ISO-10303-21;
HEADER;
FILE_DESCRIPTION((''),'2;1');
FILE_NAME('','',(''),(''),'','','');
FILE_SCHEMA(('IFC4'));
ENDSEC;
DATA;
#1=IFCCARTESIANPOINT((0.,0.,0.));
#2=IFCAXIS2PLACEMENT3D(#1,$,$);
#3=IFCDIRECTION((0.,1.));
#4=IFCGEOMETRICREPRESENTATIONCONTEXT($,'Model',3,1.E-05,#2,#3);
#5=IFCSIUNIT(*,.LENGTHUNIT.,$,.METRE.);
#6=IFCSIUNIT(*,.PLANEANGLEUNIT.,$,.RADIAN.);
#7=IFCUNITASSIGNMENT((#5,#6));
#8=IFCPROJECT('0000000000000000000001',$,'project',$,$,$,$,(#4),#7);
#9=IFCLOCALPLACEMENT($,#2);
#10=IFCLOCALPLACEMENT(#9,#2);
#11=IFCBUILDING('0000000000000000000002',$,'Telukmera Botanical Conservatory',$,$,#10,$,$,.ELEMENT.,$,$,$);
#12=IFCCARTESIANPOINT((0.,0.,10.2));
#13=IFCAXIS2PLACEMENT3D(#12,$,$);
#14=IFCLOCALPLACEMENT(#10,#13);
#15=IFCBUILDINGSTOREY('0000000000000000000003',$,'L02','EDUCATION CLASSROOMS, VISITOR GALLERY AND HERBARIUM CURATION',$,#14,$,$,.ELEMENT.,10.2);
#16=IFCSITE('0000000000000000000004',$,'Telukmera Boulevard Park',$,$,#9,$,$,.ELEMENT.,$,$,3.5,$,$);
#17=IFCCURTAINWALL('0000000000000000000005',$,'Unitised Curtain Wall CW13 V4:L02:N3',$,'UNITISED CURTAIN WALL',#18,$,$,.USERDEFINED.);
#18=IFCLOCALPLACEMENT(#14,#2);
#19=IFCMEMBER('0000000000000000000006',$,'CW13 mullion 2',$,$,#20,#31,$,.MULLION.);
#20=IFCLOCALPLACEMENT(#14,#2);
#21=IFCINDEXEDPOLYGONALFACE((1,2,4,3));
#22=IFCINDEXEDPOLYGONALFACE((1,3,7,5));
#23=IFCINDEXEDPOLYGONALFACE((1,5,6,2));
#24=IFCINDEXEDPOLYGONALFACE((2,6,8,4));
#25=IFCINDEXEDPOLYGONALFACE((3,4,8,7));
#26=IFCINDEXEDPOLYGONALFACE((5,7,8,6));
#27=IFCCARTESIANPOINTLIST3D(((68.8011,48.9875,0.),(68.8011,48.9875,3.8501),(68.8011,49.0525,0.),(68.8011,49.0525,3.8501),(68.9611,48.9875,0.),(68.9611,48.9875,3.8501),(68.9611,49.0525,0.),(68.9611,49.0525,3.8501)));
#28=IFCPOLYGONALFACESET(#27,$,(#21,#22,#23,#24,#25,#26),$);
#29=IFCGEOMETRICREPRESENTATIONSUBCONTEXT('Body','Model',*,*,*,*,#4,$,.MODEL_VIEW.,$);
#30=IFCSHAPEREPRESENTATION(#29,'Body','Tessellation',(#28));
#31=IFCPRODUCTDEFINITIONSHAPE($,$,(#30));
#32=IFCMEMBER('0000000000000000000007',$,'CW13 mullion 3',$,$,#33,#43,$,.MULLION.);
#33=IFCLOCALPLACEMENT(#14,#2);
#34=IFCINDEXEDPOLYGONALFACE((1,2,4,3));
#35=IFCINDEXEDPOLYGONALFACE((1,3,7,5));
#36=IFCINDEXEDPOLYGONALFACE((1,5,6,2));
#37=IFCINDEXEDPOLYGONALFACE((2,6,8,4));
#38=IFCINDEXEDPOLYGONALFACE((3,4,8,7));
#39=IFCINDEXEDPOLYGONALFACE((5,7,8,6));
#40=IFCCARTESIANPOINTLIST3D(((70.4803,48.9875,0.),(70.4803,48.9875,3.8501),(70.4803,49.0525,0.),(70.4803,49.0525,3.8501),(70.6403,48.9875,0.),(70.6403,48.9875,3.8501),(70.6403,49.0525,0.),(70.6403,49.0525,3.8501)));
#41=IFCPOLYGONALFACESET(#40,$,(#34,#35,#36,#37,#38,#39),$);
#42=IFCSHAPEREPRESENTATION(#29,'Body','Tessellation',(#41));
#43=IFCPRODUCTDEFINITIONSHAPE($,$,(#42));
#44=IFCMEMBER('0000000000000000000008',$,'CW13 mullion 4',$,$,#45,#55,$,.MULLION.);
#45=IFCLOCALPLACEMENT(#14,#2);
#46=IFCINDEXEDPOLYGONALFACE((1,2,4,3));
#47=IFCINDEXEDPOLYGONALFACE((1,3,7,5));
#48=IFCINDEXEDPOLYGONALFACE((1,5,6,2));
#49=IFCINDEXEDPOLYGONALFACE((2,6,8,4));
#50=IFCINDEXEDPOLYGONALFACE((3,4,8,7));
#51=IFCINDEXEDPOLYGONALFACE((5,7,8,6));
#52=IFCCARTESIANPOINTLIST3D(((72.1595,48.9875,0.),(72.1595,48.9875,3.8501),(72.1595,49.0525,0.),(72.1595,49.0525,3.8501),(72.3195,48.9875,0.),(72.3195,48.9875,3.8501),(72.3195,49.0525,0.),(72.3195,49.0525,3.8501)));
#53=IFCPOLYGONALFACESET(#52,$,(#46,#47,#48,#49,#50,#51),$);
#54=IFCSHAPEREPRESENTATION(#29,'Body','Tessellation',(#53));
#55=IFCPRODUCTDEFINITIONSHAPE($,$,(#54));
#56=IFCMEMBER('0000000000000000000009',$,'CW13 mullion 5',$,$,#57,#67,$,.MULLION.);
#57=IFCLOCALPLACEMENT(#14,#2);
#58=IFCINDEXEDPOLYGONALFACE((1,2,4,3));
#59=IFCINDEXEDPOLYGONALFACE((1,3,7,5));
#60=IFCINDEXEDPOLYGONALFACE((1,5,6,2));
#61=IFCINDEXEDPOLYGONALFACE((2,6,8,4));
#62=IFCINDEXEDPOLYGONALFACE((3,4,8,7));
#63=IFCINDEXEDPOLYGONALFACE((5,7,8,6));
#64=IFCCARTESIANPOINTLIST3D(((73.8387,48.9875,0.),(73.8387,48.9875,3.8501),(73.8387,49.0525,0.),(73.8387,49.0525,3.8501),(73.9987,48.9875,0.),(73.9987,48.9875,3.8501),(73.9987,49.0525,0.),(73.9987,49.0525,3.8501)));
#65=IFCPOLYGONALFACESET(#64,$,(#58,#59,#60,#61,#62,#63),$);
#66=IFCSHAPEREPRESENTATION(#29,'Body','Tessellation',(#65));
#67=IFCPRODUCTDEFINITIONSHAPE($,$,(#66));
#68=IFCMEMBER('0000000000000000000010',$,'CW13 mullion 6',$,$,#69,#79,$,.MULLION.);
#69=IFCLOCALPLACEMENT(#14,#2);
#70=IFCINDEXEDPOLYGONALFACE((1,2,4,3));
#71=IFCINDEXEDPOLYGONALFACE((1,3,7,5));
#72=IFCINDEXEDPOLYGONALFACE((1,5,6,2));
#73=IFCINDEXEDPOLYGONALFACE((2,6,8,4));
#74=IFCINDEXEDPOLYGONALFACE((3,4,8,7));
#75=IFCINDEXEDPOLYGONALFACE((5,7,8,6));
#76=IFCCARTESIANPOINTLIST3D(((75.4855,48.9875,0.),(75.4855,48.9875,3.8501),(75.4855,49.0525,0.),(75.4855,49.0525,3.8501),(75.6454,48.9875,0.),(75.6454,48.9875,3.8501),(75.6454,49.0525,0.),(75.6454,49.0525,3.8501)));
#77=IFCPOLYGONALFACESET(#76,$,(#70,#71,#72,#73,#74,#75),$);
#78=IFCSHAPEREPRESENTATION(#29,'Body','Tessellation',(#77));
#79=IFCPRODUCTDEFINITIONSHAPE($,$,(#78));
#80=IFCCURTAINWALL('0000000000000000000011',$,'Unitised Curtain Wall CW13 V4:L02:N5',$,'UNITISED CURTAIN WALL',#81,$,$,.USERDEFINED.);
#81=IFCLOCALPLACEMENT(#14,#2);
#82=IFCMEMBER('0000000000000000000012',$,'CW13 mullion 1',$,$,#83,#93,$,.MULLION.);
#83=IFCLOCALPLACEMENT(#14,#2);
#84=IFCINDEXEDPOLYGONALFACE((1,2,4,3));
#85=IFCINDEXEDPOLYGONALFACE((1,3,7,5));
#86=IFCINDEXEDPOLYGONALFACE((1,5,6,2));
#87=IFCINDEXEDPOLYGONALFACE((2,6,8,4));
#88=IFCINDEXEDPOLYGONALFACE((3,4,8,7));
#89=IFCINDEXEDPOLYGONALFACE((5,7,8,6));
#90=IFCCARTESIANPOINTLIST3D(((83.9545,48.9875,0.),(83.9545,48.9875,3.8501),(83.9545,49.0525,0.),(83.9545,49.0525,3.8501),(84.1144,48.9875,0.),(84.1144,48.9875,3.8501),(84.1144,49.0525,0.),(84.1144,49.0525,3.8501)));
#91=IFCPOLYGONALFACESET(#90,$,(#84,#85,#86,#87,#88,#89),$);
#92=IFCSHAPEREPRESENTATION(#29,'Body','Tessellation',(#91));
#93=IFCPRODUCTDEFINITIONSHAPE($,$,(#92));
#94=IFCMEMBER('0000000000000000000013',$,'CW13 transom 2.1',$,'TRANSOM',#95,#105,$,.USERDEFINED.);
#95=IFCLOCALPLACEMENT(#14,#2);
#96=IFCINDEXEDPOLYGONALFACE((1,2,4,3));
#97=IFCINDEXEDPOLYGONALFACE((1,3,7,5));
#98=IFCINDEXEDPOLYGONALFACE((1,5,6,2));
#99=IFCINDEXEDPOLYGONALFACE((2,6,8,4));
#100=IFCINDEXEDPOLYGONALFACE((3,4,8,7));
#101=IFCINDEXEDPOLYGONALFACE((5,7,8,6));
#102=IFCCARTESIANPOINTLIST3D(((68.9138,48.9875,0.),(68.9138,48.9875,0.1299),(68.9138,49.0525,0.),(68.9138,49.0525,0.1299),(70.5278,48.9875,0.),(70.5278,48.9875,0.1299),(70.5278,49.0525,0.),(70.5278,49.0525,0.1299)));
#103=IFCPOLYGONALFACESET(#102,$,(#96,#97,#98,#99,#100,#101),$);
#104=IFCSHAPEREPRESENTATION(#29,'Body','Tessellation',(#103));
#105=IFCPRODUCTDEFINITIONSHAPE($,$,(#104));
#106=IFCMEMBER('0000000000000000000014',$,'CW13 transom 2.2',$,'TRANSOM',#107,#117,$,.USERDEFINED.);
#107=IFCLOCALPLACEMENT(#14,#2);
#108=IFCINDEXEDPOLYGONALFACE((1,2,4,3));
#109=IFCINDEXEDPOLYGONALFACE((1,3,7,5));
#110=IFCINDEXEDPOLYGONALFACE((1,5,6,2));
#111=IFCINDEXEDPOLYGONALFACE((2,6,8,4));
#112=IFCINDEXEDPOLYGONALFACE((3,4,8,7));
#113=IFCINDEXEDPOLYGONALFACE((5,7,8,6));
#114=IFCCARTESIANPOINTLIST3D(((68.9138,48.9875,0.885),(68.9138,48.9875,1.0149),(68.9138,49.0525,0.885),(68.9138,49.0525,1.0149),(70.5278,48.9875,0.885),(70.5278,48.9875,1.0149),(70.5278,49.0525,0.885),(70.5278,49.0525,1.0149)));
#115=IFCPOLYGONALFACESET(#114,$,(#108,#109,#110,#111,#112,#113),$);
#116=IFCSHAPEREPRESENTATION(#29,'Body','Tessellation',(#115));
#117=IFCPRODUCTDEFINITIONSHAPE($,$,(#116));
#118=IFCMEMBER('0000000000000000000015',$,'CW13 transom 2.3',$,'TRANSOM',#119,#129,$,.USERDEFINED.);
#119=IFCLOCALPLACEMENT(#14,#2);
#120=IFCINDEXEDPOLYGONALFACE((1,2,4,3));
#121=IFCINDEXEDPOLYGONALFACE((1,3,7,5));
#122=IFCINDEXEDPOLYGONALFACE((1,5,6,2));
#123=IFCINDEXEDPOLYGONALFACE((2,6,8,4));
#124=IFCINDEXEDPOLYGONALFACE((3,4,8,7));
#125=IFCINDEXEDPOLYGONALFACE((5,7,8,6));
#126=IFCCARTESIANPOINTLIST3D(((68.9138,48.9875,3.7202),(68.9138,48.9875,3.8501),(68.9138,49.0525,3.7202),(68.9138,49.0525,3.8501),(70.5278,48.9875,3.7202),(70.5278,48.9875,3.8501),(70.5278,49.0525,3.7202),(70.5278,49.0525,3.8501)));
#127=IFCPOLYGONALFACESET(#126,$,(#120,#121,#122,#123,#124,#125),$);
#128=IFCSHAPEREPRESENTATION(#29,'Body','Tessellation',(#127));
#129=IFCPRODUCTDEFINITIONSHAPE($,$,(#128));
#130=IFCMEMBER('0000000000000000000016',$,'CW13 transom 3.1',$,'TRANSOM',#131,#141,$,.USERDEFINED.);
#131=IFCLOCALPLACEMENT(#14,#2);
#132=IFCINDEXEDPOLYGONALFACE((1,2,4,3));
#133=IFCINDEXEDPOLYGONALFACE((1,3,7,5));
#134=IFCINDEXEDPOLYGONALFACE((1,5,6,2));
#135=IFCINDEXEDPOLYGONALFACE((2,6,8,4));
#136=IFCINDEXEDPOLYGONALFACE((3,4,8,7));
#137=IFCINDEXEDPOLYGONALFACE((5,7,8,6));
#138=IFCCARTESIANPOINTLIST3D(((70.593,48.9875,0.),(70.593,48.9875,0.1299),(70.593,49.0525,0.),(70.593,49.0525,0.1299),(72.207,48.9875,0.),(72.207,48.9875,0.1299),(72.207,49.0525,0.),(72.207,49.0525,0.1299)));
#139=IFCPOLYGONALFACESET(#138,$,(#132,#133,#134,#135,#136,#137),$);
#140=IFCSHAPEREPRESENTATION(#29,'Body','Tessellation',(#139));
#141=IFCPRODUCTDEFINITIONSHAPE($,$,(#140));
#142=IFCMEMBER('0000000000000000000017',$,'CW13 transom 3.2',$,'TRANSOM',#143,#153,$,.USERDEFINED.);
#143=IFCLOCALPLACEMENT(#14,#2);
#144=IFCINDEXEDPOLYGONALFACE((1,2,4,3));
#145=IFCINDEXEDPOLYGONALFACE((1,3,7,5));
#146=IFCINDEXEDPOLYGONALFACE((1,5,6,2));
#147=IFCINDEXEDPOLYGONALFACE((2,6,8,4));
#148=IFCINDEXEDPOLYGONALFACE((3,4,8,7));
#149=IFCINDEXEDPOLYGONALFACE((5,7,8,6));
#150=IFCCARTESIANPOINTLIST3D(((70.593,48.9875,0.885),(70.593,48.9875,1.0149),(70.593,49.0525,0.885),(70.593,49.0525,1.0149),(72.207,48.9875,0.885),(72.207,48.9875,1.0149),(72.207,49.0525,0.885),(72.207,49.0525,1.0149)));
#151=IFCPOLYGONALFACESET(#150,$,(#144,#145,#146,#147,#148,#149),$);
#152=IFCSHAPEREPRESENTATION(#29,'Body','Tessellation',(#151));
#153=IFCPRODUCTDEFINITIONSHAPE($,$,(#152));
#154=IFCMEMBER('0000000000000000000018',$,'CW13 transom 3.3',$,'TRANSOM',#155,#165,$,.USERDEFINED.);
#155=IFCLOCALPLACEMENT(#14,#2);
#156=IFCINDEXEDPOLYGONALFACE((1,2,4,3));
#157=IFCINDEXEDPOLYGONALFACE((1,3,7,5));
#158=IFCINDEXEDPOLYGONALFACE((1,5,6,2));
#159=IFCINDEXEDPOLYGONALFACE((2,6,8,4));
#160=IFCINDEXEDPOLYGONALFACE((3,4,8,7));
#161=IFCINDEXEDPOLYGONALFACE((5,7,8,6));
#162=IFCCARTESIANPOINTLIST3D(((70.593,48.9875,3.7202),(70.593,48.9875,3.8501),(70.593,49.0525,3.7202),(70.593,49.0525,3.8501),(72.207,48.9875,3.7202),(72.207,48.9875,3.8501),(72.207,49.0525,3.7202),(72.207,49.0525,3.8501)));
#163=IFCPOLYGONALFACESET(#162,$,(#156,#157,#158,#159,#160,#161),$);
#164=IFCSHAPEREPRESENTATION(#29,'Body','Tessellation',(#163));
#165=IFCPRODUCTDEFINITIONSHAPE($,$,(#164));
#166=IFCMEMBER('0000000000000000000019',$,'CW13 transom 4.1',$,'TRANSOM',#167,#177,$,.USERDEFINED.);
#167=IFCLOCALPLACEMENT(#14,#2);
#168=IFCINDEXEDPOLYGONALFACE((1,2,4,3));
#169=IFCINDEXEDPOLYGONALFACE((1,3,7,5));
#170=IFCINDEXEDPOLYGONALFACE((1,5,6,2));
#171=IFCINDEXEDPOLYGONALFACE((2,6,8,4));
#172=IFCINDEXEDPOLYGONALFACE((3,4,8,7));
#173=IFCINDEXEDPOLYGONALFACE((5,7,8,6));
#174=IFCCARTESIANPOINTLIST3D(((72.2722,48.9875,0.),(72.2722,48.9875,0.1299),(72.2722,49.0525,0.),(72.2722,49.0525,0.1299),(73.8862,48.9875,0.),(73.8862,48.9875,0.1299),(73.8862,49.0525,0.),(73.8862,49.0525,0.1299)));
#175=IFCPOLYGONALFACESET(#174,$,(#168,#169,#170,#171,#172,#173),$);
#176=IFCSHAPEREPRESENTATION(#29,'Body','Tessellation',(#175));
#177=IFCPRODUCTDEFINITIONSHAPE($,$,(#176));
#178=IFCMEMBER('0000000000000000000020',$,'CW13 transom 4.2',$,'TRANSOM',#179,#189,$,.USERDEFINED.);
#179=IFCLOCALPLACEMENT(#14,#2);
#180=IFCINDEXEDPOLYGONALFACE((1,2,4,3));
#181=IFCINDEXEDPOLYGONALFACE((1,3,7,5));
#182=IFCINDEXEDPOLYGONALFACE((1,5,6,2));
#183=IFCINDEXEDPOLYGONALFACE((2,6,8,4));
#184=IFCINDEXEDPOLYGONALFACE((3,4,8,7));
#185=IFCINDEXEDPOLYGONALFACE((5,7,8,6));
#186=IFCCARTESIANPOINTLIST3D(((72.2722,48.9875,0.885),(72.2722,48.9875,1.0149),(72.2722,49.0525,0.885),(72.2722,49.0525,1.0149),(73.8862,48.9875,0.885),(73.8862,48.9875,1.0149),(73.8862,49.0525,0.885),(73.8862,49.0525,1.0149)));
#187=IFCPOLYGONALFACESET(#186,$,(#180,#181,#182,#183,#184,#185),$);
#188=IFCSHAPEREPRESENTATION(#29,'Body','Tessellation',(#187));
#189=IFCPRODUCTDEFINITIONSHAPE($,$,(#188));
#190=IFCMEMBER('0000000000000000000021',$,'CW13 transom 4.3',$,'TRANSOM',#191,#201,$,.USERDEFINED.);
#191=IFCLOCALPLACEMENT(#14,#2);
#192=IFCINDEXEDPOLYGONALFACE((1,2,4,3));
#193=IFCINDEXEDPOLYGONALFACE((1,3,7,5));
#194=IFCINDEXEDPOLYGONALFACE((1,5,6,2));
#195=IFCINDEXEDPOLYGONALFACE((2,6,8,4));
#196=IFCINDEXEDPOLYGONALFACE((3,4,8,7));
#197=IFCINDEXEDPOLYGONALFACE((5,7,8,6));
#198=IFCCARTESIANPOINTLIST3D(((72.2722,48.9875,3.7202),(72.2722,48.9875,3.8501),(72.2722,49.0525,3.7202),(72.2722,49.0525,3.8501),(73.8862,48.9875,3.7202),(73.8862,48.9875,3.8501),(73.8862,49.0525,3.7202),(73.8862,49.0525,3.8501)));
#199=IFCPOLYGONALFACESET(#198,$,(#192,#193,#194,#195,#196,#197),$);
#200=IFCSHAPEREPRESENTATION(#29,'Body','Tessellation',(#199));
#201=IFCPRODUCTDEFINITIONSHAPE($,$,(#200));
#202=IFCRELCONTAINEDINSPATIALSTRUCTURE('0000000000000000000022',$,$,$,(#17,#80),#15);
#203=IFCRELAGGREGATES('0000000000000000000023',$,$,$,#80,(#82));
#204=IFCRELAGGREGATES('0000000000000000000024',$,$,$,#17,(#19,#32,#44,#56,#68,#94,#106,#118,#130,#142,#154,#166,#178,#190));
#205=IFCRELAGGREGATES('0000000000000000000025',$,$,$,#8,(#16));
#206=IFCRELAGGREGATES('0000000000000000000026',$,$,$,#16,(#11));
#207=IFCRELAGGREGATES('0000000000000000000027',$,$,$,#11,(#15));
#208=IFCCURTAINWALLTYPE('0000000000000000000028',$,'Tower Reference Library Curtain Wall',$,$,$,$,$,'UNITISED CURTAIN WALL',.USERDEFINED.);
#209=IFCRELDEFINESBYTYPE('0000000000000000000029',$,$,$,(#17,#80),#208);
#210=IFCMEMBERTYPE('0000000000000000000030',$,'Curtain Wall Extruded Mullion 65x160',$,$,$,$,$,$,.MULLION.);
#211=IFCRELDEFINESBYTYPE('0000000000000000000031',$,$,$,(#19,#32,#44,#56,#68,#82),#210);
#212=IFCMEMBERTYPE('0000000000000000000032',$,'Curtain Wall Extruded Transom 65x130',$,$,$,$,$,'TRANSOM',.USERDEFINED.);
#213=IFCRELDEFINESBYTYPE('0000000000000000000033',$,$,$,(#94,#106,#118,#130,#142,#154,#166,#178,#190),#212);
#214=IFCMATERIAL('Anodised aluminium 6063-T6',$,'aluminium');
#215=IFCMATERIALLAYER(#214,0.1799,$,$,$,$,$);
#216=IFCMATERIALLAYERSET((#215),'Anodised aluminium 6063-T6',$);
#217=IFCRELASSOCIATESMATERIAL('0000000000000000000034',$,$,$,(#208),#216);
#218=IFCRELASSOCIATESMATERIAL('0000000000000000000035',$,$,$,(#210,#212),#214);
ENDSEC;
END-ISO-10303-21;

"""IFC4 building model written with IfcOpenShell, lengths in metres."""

from ifc_helpers import new_model, si_unit, direction, frame, origin, origin_2d, place, context, subcontext, project, spatial, rectangle, extrude, material, layer, layer_set, material_profile, profile_set, type_object, element, aggregate, save


model = new_model("IFC4")

# Units and contexts
model_context = context("Model", 3, precision=1e-05, world=origin(), true_north=direction((0.0, 1.0)))
body_context = subcontext(model_context, "Body", "Model", "MODEL_VIEW")
ifc_project = project(units=[si_unit("LENGTHUNIT", "METRE"), si_unit("PLANEANGLEUNIT", "RADIAN")], contexts=[model_context])

# Site, building, storey
site_placement = place(None, origin())
site = spatial("IfcSite", under=ifc_project, at=site_placement, Name="Telukmera Boulevard Park", CompositionType="ELEMENT", RefElevation=3.5)
building_placement = place(site_placement, origin())
building = spatial("IfcBuilding", under=site, at=building_placement, Name="Telukmera Botanical Conservatory", CompositionType="ELEMENT")
storey_placement = place(building_placement, frame((0.0, 0.0, 10.2)))
storey = spatial("IfcBuildingStorey", under=building, at=storey_placement, Name="L02", Description="EDUCATION CLASSROOMS, VISITOR GALLERY AND HERBARIUM CURATION", CompositionType="ELEMENT", Elevation=10.2)

# Curtain wall, members
ifc_material_1 = material(Name="Anodised aluminium 6063-T6", Category="aluminium")
ifc_layer_1 = layer(ifc_material_1, 0.1799)
ifc_layer_set_1 = layer_set([ifc_layer_1], Name="Anodised aluminium 6063-T6")
curtain_wall_type = type_object("IfcCurtainWallType", Name="Tower Reference Library Curtain Wall", ElementType="UNITISED CURTAIN WALL", PredefinedType="USERDEFINED", material=ifc_layer_set_1)
curtain_wall_1_placement = place(storey_placement, origin())
curtain_wall_1 = element("IfcCurtainWall", 1, at=curtain_wall_1_placement, inside=storey, type_object=curtain_wall_type, Name="Unitised Curtain Wall CW13 V4:L02:N3", ObjectType="UNITISED CURTAIN WALL", PredefinedType="USERDEFINED")
ifc_material_profile_1 = material_profile(ifc_material_1, rectangle(XDim=0.0649, YDim=0.1599, at=origin_2d()), Name="ALU MULL 65x160")
ifc_profile_set_1 = profile_set([ifc_material_profile_1], Name="Anodised aluminium 6063-T6")
member_type_1 = type_object("IfcMemberType", Name="Curtain Wall Extruded Mullion 65x160", PredefinedType="MULLION", material=ifc_profile_set_1)
member_1_placement = place(storey_placement, frame((68.8811, 49.02, 0.0), z_axis=(0.0, 0.0, 1.0), x_axis=(0.0, 1.0, 0.0)))
member_1 = element("IfcMember", 2, at=member_1_placement, type_object=member_type_1, Name="CW13 mullion 2", PredefinedType="MULLION", context=body_context, shape_type="SweptSolid", body=[
    extrude(rectangle(XDim=0.0649, YDim=0.1599, at=origin_2d()), origin(), (0.0, 0.0, 1.0), 3.8501),
])
member_2_placement = place(storey_placement, frame((70.5603, 49.02, 0.0), z_axis=(0.0, 0.0, 1.0), x_axis=(0.0, 1.0, 0.0)))
member_2 = element("IfcMember", 3, at=member_2_placement, type_object=member_type_1, Name="CW13 mullion 3", PredefinedType="MULLION", context=body_context, shape_type="SweptSolid", body=[
    extrude(rectangle(XDim=0.0649, YDim=0.1599, at=origin_2d()), origin(), (0.0, 0.0, 1.0), 3.8501),
])
member_3_placement = place(storey_placement, frame((72.2395, 49.02, 0.0), z_axis=(0.0, 0.0, 1.0), x_axis=(0.0, 1.0, 0.0)))
member_3 = element("IfcMember", 4, at=member_3_placement, type_object=member_type_1, Name="CW13 mullion 4", PredefinedType="MULLION", context=body_context, shape_type="SweptSolid", body=[
    extrude(rectangle(XDim=0.0649, YDim=0.1599, at=origin_2d()), origin(), (0.0, 0.0, 1.0), 3.8501),
])
member_4_placement = place(storey_placement, frame((73.9187, 49.02, 0.0), z_axis=(0.0, 0.0, 1.0), x_axis=(0.0, 1.0, 0.0)))
member_4 = element("IfcMember", 5, at=member_4_placement, type_object=member_type_1, Name="CW13 mullion 5", PredefinedType="MULLION", context=body_context, shape_type="SweptSolid", body=[
    extrude(rectangle(XDim=0.0649, YDim=0.1599, at=origin_2d()), origin(), (0.0, 0.0, 1.0), 3.8501),
])
member_5_placement = place(storey_placement, frame((75.5654, 49.02, 0.0), z_axis=(0.0, 0.0, 1.0), x_axis=(0.0, 1.0, 0.0)))
member_5 = element("IfcMember", 6, at=member_5_placement, type_object=member_type_1, Name="CW13 mullion 6", PredefinedType="MULLION", context=body_context, shape_type="SweptSolid", body=[
    extrude(rectangle(XDim=0.0649, YDim=0.1599, at=origin_2d()), origin(), (0.0, 0.0, 1.0), 3.8501),
])

# Curtain wall, member
curtain_wall_2_placement = place(storey_placement, origin())
curtain_wall_2 = element("IfcCurtainWall", 7, at=curtain_wall_2_placement, inside=storey, type_object=curtain_wall_type, Name="Unitised Curtain Wall CW13 V4:L02:N5", ObjectType="UNITISED CURTAIN WALL", PredefinedType="USERDEFINED")
member_6_placement = place(storey_placement, frame((84.0344, 49.02, 0.0), z_axis=(0.0, 0.0, 1.0), x_axis=(0.0, 1.0, 0.0)))
member_6 = element("IfcMember", 8, at=member_6_placement, type_object=member_type_1, Name="CW13 mullion 1", PredefinedType="MULLION", context=body_context, shape_type="SweptSolid", body=[
    extrude(rectangle(XDim=0.0649, YDim=0.1599, at=origin_2d()), origin(), (0.0, 0.0, 1.0), 3.8501),
])
aggregate(curtain_wall_2, [member_6])

# Members
ifc_material_profile_2 = material_profile(ifc_material_1, rectangle(XDim=0.0649, YDim=0.1299, at=origin_2d()), Name="ALU TRAN 65x130")
ifc_profile_set_2 = profile_set([ifc_material_profile_2], Name="Anodised aluminium 6063-T6")
member_type_2 = type_object("IfcMemberType", Name="Curtain Wall Extruded Transom 65x130", ElementType="TRANSOM", PredefinedType="USERDEFINED", material=ifc_profile_set_2)
member_7_placement = place(storey_placement, frame((68.9138, 49.02, 0.0649), z_axis=(1.0, 0.0, 0.0), x_axis=(0.0, 1.0, 0.0)))
member_7 = element("IfcMember", 9, at=member_7_placement, type_object=member_type_2, Name="CW13 transom 2.1", ObjectType="TRANSOM", PredefinedType="USERDEFINED", context=body_context, shape_type="SweptSolid", body=[
    extrude(rectangle(XDim=0.0649, YDim=0.1299, at=origin_2d()), origin(), (0.0, 0.0, 1.0), 1.614),
])
member_8_placement = place(storey_placement, frame((68.9138, 49.02, 0.95), z_axis=(1.0, 0.0, 0.0), x_axis=(0.0, 1.0, 0.0)))
member_8 = element("IfcMember", 10, at=member_8_placement, type_object=member_type_2, Name="CW13 transom 2.2", ObjectType="TRANSOM", PredefinedType="USERDEFINED", context=body_context, shape_type="SweptSolid", body=[
    extrude(rectangle(XDim=0.0649, YDim=0.1299, at=origin_2d()), origin(), (0.0, 0.0, 1.0), 1.614),
])
member_9_placement = place(storey_placement, frame((68.9138, 49.02, 3.7852), z_axis=(1.0, 0.0, 0.0), x_axis=(0.0, 1.0, 0.0)))
member_9 = element("IfcMember", 11, at=member_9_placement, type_object=member_type_2, Name="CW13 transom 2.3", ObjectType="TRANSOM", PredefinedType="USERDEFINED", context=body_context, shape_type="SweptSolid", body=[
    extrude(rectangle(XDim=0.0649, YDim=0.1299, at=origin_2d()), origin(), (0.0, 0.0, 1.0), 1.614),
])
member_10_placement = place(storey_placement, frame((70.593, 49.02, 0.0649), z_axis=(1.0, 0.0, 0.0), x_axis=(0.0, 1.0, 0.0)))
member_10 = element("IfcMember", 12, at=member_10_placement, type_object=member_type_2, Name="CW13 transom 3.1", ObjectType="TRANSOM", PredefinedType="USERDEFINED", context=body_context, shape_type="SweptSolid", body=[
    extrude(rectangle(XDim=0.0649, YDim=0.1299, at=origin_2d()), origin(), (0.0, 0.0, 1.0), 1.614),
])
member_11_placement = place(storey_placement, frame((70.593, 49.02, 0.95), z_axis=(1.0, 0.0, 0.0), x_axis=(0.0, 1.0, 0.0)))
member_11 = element("IfcMember", 13, at=member_11_placement, type_object=member_type_2, Name="CW13 transom 3.2", ObjectType="TRANSOM", PredefinedType="USERDEFINED", context=body_context, shape_type="SweptSolid", body=[
    extrude(rectangle(XDim=0.0649, YDim=0.1299, at=origin_2d()), origin(), (0.0, 0.0, 1.0), 1.614),
])
member_12_placement = place(storey_placement, frame((70.593, 49.02, 3.7852), z_axis=(1.0, 0.0, 0.0), x_axis=(0.0, 1.0, 0.0)))
member_12 = element("IfcMember", 14, at=member_12_placement, type_object=member_type_2, Name="CW13 transom 3.3", ObjectType="TRANSOM", PredefinedType="USERDEFINED", context=body_context, shape_type="SweptSolid", body=[
    extrude(rectangle(XDim=0.0649, YDim=0.1299, at=origin_2d()), origin(), (0.0, 0.0, 1.0), 1.614),
])
member_13_placement = place(storey_placement, frame((72.2722, 49.02, 0.0649), z_axis=(1.0, 0.0, 0.0), x_axis=(0.0, 1.0, 0.0)))
member_13 = element("IfcMember", 15, at=member_13_placement, type_object=member_type_2, Name="CW13 transom 4.1", ObjectType="TRANSOM", PredefinedType="USERDEFINED", context=body_context, shape_type="SweptSolid", body=[
    extrude(rectangle(XDim=0.0649, YDim=0.1299, at=origin_2d()), origin(), (0.0, 0.0, 1.0), 1.614),
])
member_14_placement = place(storey_placement, frame((72.2722, 49.02, 0.95), z_axis=(1.0, 0.0, 0.0), x_axis=(0.0, 1.0, 0.0)))
member_14 = element("IfcMember", 16, at=member_14_placement, type_object=member_type_2, Name="CW13 transom 4.2", ObjectType="TRANSOM", PredefinedType="USERDEFINED", context=body_context, shape_type="SweptSolid", body=[
    extrude(rectangle(XDim=0.0649, YDim=0.1299, at=origin_2d()), origin(), (0.0, 0.0, 1.0), 1.614),
])
member_15_placement = place(storey_placement, frame((72.2722, 49.02, 3.7852), z_axis=(1.0, 0.0, 0.0), x_axis=(0.0, 1.0, 0.0)))
member_15 = element("IfcMember", 17, at=member_15_placement, type_object=member_type_2, Name="CW13 transom 4.3", ObjectType="TRANSOM", PredefinedType="USERDEFINED", context=body_context, shape_type="SweptSolid", body=[
    extrude(rectangle(XDim=0.0649, YDim=0.1299, at=origin_2d()), origin(), (0.0, 0.0, 1.0), 1.614),
])

aggregate(curtain_wall_1, [member_1, member_2, member_3, member_4, member_5, member_7, member_8, member_9, member_10, member_11, member_12, member_13, member_14, member_15])

save(model, "model.ifc")
